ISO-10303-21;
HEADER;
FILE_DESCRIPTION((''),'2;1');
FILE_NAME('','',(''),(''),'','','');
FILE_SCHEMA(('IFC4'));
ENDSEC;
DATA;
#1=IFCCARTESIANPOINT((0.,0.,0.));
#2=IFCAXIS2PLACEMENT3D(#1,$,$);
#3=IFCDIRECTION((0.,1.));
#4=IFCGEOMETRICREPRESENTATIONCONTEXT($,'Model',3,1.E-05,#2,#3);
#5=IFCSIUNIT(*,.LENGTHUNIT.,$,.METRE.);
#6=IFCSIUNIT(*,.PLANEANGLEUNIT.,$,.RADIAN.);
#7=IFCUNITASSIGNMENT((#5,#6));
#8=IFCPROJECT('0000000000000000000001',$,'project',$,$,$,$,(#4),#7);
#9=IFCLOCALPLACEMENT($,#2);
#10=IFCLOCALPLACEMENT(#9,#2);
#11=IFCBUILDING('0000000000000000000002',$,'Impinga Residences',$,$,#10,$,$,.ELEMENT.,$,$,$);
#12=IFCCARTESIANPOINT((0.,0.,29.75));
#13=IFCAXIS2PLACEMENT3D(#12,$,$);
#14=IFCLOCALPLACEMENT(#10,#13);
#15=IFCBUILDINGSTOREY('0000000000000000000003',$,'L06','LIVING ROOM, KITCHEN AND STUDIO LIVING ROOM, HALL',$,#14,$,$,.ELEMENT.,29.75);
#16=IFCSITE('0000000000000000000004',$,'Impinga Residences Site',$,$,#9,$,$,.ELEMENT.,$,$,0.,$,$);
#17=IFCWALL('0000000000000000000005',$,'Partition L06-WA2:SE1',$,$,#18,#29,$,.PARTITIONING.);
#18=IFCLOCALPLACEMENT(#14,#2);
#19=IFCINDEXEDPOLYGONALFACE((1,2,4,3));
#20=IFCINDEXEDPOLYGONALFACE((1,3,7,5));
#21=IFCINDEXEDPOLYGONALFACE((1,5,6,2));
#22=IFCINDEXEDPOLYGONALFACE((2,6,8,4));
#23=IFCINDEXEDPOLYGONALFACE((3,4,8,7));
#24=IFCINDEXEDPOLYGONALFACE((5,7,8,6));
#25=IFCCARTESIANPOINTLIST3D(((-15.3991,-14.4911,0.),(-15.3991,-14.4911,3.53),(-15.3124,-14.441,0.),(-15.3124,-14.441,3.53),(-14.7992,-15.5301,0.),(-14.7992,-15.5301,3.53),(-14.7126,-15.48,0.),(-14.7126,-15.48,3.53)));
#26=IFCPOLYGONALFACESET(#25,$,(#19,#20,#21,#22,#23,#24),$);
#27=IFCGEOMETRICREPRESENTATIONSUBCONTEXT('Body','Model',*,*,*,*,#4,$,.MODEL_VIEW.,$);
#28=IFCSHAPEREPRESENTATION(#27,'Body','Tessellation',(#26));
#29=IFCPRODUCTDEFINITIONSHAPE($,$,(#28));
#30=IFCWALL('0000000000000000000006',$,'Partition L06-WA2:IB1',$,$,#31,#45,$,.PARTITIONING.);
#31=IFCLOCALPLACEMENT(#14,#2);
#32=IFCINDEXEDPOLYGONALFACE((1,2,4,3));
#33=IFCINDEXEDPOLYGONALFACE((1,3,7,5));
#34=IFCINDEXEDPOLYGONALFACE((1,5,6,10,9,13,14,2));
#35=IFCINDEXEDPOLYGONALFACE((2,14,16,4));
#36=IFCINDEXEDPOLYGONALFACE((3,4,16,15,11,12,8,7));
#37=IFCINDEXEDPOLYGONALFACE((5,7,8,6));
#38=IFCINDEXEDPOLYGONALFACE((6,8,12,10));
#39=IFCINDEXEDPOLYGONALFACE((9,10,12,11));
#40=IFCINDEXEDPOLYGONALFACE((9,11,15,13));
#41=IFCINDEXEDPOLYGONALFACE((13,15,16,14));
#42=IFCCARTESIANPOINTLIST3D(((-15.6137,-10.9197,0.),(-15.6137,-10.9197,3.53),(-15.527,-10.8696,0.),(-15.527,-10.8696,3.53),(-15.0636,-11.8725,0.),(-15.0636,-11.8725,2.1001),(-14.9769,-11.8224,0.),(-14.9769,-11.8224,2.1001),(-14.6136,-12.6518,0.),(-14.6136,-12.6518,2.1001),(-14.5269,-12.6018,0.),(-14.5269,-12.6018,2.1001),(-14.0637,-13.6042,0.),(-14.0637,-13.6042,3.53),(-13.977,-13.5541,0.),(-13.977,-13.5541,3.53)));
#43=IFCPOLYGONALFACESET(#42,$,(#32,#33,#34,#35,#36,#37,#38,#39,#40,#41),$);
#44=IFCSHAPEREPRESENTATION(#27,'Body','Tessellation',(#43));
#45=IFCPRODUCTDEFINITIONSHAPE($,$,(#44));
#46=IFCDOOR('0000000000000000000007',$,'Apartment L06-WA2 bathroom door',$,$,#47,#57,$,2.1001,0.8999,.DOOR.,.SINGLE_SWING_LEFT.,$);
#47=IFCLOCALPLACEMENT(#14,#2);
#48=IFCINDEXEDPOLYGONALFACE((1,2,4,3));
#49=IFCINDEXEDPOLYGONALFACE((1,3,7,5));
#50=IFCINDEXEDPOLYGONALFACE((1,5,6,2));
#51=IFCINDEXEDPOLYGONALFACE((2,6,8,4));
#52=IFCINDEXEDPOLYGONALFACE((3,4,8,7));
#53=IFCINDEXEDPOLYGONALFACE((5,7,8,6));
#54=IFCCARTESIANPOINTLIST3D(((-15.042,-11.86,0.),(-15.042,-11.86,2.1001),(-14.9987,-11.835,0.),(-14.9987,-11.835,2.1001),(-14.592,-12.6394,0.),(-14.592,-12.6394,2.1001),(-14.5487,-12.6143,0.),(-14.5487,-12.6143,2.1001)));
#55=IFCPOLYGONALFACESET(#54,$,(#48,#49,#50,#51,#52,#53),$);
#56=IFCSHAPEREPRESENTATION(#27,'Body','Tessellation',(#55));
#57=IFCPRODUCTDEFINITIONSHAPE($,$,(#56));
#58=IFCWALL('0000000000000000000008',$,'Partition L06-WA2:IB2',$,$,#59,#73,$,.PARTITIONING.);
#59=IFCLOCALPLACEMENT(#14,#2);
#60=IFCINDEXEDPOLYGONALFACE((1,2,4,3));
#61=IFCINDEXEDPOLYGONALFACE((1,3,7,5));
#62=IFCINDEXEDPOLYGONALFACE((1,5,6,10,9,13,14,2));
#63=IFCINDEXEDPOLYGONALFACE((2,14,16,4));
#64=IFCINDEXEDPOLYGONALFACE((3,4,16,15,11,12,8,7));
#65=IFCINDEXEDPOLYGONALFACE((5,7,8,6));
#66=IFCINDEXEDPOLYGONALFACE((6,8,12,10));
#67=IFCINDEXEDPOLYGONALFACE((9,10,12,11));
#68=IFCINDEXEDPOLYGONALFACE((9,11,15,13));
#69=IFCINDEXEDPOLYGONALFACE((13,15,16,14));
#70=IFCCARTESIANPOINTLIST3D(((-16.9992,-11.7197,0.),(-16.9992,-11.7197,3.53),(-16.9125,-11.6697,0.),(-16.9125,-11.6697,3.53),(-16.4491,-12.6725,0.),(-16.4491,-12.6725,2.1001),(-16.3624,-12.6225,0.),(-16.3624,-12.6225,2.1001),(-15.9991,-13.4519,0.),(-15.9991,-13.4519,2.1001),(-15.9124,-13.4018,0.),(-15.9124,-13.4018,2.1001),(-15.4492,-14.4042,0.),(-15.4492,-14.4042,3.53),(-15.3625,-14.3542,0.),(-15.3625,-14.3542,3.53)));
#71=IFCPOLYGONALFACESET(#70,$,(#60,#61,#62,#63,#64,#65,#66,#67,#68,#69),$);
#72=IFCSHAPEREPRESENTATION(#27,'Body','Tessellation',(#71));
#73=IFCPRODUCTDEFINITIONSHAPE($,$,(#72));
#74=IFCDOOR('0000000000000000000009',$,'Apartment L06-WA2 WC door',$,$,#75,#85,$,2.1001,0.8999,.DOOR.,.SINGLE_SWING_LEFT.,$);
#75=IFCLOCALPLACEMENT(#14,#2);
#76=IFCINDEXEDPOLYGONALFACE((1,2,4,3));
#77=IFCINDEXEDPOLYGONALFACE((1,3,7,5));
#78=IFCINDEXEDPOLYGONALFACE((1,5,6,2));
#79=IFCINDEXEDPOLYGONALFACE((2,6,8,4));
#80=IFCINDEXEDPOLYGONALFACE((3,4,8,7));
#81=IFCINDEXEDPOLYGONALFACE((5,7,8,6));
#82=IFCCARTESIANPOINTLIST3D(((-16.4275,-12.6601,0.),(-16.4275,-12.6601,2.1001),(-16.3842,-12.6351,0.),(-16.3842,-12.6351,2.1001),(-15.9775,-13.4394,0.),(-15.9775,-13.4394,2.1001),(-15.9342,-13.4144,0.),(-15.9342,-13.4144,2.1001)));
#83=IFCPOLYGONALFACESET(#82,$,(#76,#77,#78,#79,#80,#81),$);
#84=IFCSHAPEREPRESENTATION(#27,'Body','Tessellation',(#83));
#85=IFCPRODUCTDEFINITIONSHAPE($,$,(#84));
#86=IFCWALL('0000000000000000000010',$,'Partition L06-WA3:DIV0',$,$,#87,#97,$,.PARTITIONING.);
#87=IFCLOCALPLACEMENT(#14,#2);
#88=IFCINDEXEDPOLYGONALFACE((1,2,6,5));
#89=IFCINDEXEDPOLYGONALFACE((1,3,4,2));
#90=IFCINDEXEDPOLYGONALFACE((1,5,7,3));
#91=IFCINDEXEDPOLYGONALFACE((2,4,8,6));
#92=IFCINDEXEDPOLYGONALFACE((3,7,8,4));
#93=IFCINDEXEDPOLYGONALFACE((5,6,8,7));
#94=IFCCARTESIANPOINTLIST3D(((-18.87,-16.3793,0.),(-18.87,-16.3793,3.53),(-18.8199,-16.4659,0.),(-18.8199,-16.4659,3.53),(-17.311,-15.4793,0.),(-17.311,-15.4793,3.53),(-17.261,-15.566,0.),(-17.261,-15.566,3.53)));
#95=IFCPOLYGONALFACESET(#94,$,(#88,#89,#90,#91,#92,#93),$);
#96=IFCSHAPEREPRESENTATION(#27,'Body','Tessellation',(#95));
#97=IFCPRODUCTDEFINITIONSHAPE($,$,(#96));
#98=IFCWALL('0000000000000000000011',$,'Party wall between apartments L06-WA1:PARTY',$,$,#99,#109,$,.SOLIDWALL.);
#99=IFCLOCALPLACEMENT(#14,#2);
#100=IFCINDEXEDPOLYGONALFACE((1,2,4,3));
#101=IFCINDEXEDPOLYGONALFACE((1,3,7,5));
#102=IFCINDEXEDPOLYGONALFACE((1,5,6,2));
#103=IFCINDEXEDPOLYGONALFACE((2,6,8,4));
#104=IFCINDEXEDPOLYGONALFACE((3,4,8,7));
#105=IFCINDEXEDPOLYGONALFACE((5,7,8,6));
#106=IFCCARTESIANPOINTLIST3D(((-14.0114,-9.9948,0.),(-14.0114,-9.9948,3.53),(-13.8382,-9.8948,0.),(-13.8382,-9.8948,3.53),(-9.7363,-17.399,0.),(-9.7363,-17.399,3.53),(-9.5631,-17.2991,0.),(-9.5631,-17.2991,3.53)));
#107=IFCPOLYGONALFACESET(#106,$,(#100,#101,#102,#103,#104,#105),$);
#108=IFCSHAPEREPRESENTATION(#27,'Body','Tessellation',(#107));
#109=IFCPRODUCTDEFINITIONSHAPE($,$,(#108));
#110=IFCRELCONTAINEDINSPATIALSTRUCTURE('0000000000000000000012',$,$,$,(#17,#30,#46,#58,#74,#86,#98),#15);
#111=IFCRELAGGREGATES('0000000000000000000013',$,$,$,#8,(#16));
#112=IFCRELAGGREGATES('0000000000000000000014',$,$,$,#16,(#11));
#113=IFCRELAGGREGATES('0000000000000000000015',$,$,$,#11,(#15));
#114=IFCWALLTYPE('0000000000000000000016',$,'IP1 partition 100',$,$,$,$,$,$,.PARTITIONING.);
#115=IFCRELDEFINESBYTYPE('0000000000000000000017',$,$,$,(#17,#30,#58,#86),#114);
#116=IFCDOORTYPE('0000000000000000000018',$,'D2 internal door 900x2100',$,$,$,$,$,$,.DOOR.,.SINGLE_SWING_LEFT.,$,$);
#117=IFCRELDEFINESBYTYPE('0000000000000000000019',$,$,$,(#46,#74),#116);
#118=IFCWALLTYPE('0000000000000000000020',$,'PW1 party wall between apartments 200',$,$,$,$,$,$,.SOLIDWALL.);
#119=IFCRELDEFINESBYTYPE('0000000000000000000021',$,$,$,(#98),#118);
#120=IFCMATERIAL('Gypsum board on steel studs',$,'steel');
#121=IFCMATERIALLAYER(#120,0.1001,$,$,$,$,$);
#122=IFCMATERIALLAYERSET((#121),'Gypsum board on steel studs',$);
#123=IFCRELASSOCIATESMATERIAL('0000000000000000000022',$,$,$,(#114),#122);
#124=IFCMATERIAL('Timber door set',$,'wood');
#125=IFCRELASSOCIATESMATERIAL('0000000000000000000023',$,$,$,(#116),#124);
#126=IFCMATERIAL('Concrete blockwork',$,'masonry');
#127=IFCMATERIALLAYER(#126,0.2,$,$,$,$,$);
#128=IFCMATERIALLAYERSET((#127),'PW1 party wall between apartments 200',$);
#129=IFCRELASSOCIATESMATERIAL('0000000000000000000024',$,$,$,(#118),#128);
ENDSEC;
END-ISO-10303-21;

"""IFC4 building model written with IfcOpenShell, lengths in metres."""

from ifc_helpers import new_model, si_unit, direction, frame, frame_2d, origin, place, context, subcontext, project, spatial, rectangle, extrude, material, layer, layer_set, type_object, element, fill, save


model = new_model("IFC4")

# Units and contexts
model_context = context("Model", 3, precision=1e-05, world=origin(), true_north=direction((0.0, 1.0)))
body_context = subcontext(model_context, "Body", "Model", "MODEL_VIEW")
ifc_project = project(units=[si_unit("LENGTHUNIT", "METRE"), si_unit("PLANEANGLEUNIT", "RADIAN")], contexts=[model_context])

# Site, building, storey
site_placement = place(None, origin())
site = spatial("IfcSite", under=ifc_project, at=site_placement, Name="Impinga Residences Site", CompositionType="ELEMENT", RefElevation=0.0)
building_placement = place(site_placement, origin())
building = spatial("IfcBuilding", under=site, at=building_placement, Name="Impinga Residences", CompositionType="ELEMENT")
storey_placement = place(building_placement, frame((0.0, 0.0, 29.75)))
storey = spatial("IfcBuildingStorey", under=building, at=storey_placement, Name="L06", Description="LIVING ROOM, KITCHEN AND STUDIO LIVING ROOM, HALL", CompositionType="ELEMENT", Elevation=29.75)

# Shared definitions
ifc_material_1 = material(Name="Gypsum board on steel studs", Category="steel")
ifc_layer_1 = layer(ifc_material_1, 0.1001)
ifc_layer_set_1 = layer_set([ifc_layer_1], Name="Gypsum board on steel studs")
wall_type_1 = type_object("IfcWallType", Name="IP1 partition 100", PredefinedType="PARTITIONING", material=ifc_layer_set_1)
ifc_material_2 = material(Name="Timber door set", Category="wood")
door_type = type_object("IfcDoorType", Name="D2 internal door 900x2100", OperationType="SINGLE_SWING_LEFT", PredefinedType="DOOR", material=ifc_material_2)

# Wall
wall_1_placement = place(storey_placement, frame((-15.3557, -14.4661, 0.0), z_axis=(0.0, 0.0, 1.0), x_axis=(0.499969, -0.866043, 0.0)))
element("IfcWall", 1, at=wall_1_placement, inside=storey, type_object=wall_type_1, Name="Partition L06-WA2:SE1", PredefinedType="PARTITIONING", context=body_context, shape_type="SweptSolid", body=[
    extrude(rectangle(XDim=1.1997, YDim=0.1001, at=frame_2d((0.5999, 0.0))), origin(), (0.0, 0.0, 1.0), 3.53),
])

# Walls, openings, doors
wall_2_placement = place(storey_placement, frame((-15.5703, -10.8948, 0.0), z_axis=(0.0, 0.0, 1.0), x_axis=(0.500027, -0.86601, 0.0)))
wall_2 = element("IfcWall", 2, at=wall_2_placement, inside=storey, type_object=wall_type_1, Name="Partition L06-WA2:IB1", PredefinedType="PARTITIONING", context=body_context, shape_type="SweptSolid", body=[
    extrude(rectangle(XDim=3.0999, YDim=0.1001, at=frame_2d((1.5498, 0.0))), origin(), (0.0, 0.0, 1.0), 3.53),
])
opening_1_placement = place(wall_2_placement, frame((1.1001, 0.0, 0.0)))
opening_1 = element("IfcOpeningElement", 3, at=opening_1_placement, cuts=wall_2, PredefinedType="OPENING", context=body_context, shape_type="SweptSolid", body=[
    extrude(rectangle(XDim=0.8999, YDim=2.1001, at=frame_2d((0.45, 1.05))), frame((0.0, 0.0601, 0.0), z_axis=(0.0, -1.0, 0.0), x_axis=(1.0, 0.0, 0.0)), (0.0, 0.0, 1.0), 0.1201),
])
door_1_placement = place(opening_1_placement, origin())
door_1 = element("IfcDoor", 4, at=door_1_placement, inside=storey, type_object=door_type, Name="Apartment L06-WA2 bathroom door", OperationType="SINGLE_SWING_LEFT", OverallHeight=2.1001, OverallWidth=0.8999, PredefinedType="DOOR", context=body_context, shape_type="SweptSolid", body=[
    extrude(rectangle(XDim=0.8999, YDim=2.1001, at=frame_2d((0.45, 1.05))), frame((0.0, 0.0249, 0.0), z_axis=(0.0, -1.0, 0.0), x_axis=(1.0, 0.0, 0.0)), (0.0, 0.0, 1.0), 0.05),
])
fill(opening_1, door_1)
wall_3_placement = place(storey_placement, frame((-16.9558, -11.6948, 0.0), z_axis=(0.0, 0.0, 1.0), x_axis=(0.500027, -0.86601, 0.0)))
wall_3 = element("IfcWall", 5, at=wall_3_placement, inside=storey, type_object=wall_type_1, Name="Partition L06-WA2:IB2", PredefinedType="PARTITIONING", context=body_context, shape_type="SweptSolid", body=[
    extrude(rectangle(XDim=3.0999, YDim=0.1001, at=frame_2d((1.5498, 0.0))), origin(), (0.0, 0.0, 1.0), 3.53),
])
opening_2_placement = place(wall_3_placement, frame((1.1001, 0.0, 0.0)))
opening_2 = element("IfcOpeningElement", 6, at=opening_2_placement, cuts=wall_3, PredefinedType="OPENING", context=body_context, shape_type="SweptSolid", body=[
    extrude(rectangle(XDim=0.8999, YDim=2.1001, at=frame_2d((0.45, 1.05))), frame((0.0, 0.0601, 0.0), z_axis=(0.0, -1.0, 0.0), x_axis=(1.0, 0.0, 0.0)), (0.0, 0.0, 1.0), 0.1201),
])
door_2_placement = place(opening_2_placement, origin())
door_2 = element("IfcDoor", 7, at=door_2_placement, inside=storey, type_object=door_type, Name="Apartment L06-WA2 WC door", OperationType="SINGLE_SWING_LEFT", OverallHeight=2.1001, OverallWidth=0.8999, PredefinedType="DOOR", context=body_context, shape_type="SweptSolid", body=[
    extrude(rectangle(XDim=0.8999, YDim=2.1001, at=frame_2d((0.45, 1.05))), frame((0.0, 0.0249, 0.0), z_axis=(0.0, -1.0, 0.0), x_axis=(1.0, 0.0, 0.0)), (0.0, 0.0, 1.0), 0.05),
])
fill(opening_2, door_2)

# Walls
wall_4_placement = place(storey_placement, frame((-17.2861, -15.5227, 0.0), z_axis=(0.0, 0.0, 1.0), x_axis=(-0.866048, -0.499961, 0.0)))
element("IfcWall", 8, at=wall_4_placement, inside=storey, type_object=wall_type_1, Name="Partition L06-WA3:DIV0", PredefinedType="PARTITIONING", context=body_context, shape_type="SweptSolid", body=[
    extrude(rectangle(XDim=1.8, YDim=0.1001, at=frame_2d((0.8999, 0.0))), origin(), (0.0, 0.0, 1.0), 3.53),
])
ifc_material_3 = material(Name="Concrete blockwork", Category="masonry")
ifc_layer_2 = layer(ifc_material_3, 0.2)
ifc_layer_set_2 = layer_set([ifc_layer_2], Name="PW1 party wall between apartments 200")
wall_type_2 = type_object("IfcWallType", Name="PW1 party wall between apartments 200", PredefinedType="SOLIDWALL", material=ifc_layer_set_2)
wall_5_placement = place(storey_placement, frame((-13.9248, -9.9448, 0.0), z_axis=(0.0, 0.0, 1.0), x_axis=(0.500024, -0.866012, 0.0)))
element("IfcWall", 9, at=wall_5_placement, inside=storey, type_object=wall_type_2, Name="Party wall between apartments L06-WA1:PARTY", PredefinedType="SOLIDWALL", context=body_context, shape_type="SweptSolid", body=[
    extrude(rectangle(XDim=8.5498, YDim=0.2, at=frame_2d((4.2749, 0.0))), origin(), (0.0, 0.0, 1.0), 3.53),
])

save(model, "model.ifc")
